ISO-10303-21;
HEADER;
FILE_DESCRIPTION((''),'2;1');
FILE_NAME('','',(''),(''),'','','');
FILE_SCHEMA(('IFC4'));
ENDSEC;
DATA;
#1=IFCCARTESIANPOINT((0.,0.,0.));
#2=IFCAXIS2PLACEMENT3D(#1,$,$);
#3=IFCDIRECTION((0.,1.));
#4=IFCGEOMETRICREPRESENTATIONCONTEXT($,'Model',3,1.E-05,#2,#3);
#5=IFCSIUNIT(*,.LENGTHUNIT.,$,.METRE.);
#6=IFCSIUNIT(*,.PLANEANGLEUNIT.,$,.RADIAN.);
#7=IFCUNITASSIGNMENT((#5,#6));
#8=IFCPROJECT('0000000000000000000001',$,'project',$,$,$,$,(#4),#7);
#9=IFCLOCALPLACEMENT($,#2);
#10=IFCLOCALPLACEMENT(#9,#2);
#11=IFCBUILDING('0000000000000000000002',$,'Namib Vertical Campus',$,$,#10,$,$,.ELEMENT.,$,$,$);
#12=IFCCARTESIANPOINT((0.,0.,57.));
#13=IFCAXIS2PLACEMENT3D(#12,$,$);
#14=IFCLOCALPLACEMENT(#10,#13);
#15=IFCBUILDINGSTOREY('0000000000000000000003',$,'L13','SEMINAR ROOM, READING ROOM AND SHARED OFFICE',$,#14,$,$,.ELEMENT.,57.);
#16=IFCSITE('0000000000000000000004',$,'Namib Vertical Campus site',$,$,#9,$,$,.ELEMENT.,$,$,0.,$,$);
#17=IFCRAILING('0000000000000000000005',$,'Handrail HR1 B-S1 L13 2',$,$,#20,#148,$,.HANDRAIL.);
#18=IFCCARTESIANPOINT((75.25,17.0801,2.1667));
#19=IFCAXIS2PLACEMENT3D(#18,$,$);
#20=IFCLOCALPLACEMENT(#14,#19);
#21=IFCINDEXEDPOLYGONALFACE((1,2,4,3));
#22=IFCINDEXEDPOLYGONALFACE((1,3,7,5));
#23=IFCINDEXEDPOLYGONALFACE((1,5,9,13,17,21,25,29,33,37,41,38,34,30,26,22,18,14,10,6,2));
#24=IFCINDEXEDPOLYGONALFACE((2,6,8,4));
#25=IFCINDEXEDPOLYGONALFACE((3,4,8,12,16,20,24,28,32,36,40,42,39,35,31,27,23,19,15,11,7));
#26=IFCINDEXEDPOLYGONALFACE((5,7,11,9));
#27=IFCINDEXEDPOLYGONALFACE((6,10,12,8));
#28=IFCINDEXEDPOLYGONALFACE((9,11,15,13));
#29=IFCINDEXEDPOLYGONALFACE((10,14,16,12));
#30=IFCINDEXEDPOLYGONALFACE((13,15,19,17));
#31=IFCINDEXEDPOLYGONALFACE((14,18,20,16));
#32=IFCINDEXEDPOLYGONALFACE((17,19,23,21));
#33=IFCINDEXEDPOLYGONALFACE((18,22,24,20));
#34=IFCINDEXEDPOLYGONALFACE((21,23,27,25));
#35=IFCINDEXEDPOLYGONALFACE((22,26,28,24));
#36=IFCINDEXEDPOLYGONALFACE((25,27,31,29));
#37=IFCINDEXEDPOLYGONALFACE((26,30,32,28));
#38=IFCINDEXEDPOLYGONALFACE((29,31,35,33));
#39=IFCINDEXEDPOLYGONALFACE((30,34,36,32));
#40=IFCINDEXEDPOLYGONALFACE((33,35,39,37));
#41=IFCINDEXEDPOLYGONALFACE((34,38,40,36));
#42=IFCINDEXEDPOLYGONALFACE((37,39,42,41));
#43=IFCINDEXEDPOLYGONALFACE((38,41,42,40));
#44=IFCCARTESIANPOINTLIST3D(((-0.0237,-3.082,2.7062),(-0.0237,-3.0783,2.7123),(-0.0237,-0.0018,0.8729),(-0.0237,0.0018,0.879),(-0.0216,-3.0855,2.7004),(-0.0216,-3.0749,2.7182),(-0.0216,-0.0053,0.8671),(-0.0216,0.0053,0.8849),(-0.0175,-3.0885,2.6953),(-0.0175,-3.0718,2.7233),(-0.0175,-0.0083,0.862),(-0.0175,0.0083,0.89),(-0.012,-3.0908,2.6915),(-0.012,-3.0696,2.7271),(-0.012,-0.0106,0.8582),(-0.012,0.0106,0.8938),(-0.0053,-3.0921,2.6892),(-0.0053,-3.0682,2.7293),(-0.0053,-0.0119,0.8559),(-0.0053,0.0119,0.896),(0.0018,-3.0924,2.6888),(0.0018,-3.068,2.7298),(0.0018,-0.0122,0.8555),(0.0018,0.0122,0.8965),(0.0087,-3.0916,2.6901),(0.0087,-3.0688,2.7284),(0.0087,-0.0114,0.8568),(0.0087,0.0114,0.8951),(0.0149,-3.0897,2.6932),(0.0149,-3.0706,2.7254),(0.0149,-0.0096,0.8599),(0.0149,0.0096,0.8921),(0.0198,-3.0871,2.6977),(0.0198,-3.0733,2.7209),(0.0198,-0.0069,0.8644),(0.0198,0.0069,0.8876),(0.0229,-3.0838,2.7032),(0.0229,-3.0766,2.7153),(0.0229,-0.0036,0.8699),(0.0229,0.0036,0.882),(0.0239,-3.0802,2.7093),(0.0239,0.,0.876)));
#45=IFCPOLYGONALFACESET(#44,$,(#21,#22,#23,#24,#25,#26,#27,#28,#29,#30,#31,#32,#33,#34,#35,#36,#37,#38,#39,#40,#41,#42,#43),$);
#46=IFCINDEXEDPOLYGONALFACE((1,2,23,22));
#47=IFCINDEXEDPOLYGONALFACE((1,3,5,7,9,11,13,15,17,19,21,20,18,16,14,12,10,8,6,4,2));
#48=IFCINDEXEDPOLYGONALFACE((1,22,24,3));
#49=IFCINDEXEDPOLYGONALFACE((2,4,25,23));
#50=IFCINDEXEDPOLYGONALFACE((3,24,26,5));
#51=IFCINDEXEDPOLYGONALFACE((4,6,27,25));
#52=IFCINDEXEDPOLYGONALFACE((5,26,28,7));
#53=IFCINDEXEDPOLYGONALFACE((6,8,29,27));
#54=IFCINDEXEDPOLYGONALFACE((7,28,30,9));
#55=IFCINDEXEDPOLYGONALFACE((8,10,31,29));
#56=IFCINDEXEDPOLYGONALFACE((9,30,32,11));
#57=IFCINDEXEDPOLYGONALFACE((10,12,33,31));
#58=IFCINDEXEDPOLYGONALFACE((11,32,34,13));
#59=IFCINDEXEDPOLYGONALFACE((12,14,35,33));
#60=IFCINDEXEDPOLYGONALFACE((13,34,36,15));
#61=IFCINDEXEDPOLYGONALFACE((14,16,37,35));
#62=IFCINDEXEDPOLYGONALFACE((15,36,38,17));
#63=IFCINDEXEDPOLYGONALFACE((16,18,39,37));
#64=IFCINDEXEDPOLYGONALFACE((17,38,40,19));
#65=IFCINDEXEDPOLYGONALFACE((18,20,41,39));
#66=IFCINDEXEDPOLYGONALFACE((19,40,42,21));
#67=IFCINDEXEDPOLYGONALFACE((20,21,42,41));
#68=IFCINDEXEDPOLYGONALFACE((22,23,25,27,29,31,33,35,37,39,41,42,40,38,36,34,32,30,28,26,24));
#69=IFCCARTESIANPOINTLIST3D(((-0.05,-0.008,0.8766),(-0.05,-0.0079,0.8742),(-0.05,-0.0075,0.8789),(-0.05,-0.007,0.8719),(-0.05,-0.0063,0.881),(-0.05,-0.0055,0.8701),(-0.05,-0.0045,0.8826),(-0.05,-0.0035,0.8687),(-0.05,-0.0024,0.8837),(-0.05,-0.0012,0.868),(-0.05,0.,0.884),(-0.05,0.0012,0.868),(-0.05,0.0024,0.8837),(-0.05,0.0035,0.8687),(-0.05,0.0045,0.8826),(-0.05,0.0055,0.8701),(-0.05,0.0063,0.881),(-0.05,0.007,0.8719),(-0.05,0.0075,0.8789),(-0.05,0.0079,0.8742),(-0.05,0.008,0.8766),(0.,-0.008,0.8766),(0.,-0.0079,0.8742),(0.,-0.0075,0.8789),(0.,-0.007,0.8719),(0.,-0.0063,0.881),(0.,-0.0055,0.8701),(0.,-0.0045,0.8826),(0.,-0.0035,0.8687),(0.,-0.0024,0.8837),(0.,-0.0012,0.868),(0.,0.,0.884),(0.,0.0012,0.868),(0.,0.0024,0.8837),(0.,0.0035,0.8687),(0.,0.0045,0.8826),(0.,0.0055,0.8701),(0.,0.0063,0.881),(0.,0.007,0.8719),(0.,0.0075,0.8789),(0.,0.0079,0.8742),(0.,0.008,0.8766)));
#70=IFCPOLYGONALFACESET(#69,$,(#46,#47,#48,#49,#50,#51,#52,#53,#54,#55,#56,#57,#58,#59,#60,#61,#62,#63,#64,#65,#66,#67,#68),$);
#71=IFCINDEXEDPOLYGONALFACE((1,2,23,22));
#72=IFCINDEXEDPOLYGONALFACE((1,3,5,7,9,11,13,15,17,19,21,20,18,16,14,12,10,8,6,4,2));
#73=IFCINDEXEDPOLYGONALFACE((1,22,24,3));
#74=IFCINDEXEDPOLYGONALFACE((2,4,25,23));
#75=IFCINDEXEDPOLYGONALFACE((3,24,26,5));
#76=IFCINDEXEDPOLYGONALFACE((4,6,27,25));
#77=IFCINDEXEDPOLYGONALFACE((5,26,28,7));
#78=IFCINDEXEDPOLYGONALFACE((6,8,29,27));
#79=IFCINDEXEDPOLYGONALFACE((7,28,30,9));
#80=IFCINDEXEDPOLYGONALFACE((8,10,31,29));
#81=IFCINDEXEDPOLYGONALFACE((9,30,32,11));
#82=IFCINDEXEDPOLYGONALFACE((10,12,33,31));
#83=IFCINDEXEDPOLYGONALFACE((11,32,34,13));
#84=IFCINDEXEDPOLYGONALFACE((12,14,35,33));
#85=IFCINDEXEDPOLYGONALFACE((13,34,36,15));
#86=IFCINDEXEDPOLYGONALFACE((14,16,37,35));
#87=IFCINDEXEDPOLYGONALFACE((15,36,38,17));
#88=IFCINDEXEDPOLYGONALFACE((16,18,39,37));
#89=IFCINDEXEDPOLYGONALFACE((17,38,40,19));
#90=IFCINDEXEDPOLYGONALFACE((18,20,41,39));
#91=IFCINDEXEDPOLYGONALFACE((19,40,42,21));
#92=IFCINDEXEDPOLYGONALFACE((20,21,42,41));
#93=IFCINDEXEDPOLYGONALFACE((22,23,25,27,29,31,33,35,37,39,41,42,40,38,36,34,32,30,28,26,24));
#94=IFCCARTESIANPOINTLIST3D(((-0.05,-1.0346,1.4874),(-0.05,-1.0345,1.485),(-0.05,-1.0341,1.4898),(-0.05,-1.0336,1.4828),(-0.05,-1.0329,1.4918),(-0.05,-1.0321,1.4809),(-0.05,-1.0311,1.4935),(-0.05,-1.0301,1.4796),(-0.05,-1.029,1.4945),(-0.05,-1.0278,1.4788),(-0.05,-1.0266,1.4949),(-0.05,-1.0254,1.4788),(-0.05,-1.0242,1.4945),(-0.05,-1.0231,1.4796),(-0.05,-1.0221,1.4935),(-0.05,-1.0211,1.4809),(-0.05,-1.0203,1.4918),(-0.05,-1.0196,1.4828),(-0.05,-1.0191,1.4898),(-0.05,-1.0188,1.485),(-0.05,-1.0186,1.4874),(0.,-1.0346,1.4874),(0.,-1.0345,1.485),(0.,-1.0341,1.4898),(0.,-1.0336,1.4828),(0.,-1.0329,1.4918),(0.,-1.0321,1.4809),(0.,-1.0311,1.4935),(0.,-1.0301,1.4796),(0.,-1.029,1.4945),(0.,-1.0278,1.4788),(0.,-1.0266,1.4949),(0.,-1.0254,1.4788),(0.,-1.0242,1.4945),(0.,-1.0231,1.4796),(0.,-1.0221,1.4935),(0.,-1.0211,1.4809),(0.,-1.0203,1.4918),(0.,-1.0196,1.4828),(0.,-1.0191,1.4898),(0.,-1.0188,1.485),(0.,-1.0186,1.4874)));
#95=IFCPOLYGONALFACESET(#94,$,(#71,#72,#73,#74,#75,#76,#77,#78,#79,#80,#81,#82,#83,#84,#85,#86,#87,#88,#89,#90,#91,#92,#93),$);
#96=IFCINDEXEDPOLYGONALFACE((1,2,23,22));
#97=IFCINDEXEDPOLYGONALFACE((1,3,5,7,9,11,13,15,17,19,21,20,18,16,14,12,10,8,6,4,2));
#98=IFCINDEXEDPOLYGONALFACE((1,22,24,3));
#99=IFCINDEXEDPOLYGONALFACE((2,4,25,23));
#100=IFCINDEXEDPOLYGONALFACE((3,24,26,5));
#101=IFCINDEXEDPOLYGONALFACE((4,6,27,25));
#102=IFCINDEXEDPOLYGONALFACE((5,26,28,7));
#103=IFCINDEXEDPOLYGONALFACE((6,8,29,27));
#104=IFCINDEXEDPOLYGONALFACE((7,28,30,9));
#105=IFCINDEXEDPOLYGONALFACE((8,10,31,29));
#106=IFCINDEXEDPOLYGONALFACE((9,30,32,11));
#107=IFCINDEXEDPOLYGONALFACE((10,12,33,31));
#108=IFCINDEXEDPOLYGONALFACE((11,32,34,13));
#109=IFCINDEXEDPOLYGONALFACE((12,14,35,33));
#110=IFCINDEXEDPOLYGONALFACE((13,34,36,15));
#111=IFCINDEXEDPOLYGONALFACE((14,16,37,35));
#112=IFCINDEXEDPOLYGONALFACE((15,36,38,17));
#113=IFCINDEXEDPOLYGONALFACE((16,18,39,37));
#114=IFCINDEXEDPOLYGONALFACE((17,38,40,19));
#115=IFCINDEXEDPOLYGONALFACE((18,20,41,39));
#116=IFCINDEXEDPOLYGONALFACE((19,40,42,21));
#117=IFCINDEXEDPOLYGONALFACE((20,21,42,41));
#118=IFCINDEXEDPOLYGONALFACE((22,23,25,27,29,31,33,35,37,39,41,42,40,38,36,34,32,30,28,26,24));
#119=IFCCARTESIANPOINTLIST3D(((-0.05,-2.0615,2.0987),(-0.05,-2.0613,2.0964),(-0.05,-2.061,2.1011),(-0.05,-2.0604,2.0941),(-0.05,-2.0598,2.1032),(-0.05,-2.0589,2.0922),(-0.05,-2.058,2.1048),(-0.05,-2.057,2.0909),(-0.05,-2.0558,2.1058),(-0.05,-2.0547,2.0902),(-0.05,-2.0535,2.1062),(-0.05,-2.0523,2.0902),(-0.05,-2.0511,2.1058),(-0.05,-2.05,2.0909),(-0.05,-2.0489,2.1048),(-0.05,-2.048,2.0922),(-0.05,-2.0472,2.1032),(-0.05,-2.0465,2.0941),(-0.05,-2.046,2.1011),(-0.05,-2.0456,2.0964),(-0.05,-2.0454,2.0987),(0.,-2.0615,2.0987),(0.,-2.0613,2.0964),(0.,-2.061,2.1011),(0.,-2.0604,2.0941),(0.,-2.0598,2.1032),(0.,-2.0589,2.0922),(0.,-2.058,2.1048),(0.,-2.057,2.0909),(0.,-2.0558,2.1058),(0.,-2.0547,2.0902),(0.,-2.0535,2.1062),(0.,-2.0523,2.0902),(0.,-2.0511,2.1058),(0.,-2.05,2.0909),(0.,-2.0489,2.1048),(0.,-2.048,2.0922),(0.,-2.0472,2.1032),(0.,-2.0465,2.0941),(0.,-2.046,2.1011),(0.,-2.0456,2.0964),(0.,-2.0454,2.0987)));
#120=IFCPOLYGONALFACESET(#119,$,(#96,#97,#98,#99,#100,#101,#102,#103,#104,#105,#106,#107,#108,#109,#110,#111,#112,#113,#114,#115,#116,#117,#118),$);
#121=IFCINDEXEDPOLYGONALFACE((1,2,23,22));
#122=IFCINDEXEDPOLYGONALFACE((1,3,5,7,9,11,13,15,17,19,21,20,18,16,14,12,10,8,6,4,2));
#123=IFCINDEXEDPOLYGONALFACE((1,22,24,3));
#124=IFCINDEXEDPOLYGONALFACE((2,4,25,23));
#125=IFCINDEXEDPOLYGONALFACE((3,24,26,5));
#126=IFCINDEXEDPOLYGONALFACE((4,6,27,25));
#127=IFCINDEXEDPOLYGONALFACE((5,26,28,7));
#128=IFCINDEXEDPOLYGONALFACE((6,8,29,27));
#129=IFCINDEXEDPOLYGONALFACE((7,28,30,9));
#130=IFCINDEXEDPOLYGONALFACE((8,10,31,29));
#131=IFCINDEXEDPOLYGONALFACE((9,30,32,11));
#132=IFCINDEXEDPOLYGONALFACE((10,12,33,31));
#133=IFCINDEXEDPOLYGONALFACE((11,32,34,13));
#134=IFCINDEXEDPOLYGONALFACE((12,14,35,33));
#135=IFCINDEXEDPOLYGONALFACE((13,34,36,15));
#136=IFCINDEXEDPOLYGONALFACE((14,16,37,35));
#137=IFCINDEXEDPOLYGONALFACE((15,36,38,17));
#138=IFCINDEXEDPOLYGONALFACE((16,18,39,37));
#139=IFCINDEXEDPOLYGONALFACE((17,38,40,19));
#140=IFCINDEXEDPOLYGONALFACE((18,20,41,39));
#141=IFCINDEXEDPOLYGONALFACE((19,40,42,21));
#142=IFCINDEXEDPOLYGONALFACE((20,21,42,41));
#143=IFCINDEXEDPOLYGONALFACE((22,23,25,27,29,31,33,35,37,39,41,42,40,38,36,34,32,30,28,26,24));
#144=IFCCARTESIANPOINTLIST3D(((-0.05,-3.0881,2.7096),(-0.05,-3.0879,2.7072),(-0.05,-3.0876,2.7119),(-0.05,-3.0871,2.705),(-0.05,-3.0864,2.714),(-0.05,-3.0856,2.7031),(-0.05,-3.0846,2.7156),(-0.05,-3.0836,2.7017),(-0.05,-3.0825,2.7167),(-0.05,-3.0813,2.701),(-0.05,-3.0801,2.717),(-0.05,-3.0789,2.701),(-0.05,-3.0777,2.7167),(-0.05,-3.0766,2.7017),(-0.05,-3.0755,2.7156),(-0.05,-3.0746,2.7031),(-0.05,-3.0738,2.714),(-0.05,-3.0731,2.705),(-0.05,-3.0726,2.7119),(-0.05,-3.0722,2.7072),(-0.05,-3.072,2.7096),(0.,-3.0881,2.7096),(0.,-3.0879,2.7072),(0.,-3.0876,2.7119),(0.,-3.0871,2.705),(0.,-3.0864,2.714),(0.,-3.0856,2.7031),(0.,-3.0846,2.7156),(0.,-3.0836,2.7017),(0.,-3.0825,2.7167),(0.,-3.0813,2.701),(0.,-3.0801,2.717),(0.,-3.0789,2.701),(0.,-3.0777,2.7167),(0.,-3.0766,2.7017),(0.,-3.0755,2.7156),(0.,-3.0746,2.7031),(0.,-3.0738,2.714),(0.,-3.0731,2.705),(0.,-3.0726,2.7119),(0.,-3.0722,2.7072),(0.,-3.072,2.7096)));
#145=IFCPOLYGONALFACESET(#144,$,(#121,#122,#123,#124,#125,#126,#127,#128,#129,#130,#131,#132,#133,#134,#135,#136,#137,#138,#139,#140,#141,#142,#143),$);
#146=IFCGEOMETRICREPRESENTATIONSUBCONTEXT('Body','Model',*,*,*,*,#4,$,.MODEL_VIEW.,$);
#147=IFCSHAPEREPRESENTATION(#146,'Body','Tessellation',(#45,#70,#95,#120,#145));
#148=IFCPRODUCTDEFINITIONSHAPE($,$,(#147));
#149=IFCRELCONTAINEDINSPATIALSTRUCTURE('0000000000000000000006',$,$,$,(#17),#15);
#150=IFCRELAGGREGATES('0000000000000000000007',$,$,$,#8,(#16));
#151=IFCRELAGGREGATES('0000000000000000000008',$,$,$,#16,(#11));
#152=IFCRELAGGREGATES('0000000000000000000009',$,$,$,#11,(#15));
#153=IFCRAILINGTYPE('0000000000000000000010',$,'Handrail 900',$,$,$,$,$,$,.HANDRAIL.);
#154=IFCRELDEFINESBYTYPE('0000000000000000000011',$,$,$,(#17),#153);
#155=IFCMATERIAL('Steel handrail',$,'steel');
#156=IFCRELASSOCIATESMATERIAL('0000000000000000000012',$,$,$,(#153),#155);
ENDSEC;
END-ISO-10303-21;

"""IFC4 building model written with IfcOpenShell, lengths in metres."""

from ifc_helpers import new_model, si_unit, direction, frame, origin, origin_2d, place, context, subcontext, project, spatial, circle, extrude, material, type_object, element, save


model = new_model("IFC4")

# Units and contexts
model_context = context("Model", 3, precision=1e-05, world=origin(), true_north=direction((0.0, 1.0)))
body_context = subcontext(model_context, "Body", "Model", "MODEL_VIEW")
ifc_project = project(units=[si_unit("LENGTHUNIT", "METRE"), si_unit("PLANEANGLEUNIT", "RADIAN")], contexts=[model_context])

# Site, building, storey
site_placement = place(None, origin())
site = spatial("IfcSite", under=ifc_project, at=site_placement, Name="Namib Vertical Campus site", CompositionType="ELEMENT", RefElevation=0.0)
building_placement = place(site_placement, origin())
building = spatial("IfcBuilding", under=site, at=building_placement, Name="Namib Vertical Campus", CompositionType="ELEMENT")
storey_placement = place(building_placement, frame((0.0, 0.0, 57.0)))
storey = spatial("IfcBuildingStorey", under=building, at=storey_placement, Name="L13", Description="SEMINAR ROOM, READING ROOM AND SHARED OFFICE", CompositionType="ELEMENT", Elevation=57.0)

# Railing
ifc_material_1 = material(Name="Steel handrail", Category="steel")
railing_type_1 = type_object("IfcRailingType", Name="Handrail 900", PredefinedType="HANDRAIL", material=ifc_material_1)
railing_1_placement = place(storey_placement, frame((75.25, 17.0801, 2.1667)))
element("IfcRailing", 1, at=railing_1_placement, inside=storey, type_object=railing_type_1, Name="Handrail HR1 B-S1 L13 2", PredefinedType="HANDRAIL", context=body_context, shape_type="SweptSolid", body=[
    extrude(circle(Radius=0.0239, at=origin_2d()), frame((0.0, 0.0, 0.876), z_axis=(0.0, -0.859309, 0.511458), x_axis=(1.0, 0.0, 0.0)), (0.0, 0.0, 1.0), 3.5845),
    extrude(circle(Radius=0.0081, at=origin_2d()), frame((0.0, 0.0, 0.876), z_axis=(-1.0, 0.0, 0.0), x_axis=(0.0, 0.0, 1.0)), (0.0, 0.0, 1.0), 0.05),
    extrude(circle(Radius=0.0081, at=origin_2d()), frame((0.0, -1.0266, 1.4868), z_axis=(-1.0, 0.0, 0.0), x_axis=(0.0, 0.0, 1.0)), (0.0, 0.0, 1.0), 0.05),
    extrude(circle(Radius=0.0081, at=origin_2d()), frame((0.0, -2.0535, 2.0981), z_axis=(-1.0, 0.0, 0.0), x_axis=(0.0, 0.0, 1.0)), (0.0, 0.0, 1.0), 0.05),
    extrude(circle(Radius=0.0081, at=origin_2d()), frame((0.0, -3.0801, 2.709), z_axis=(-1.0, 0.0, 0.0), x_axis=(0.0, 0.0, 1.0)), (0.0, 0.0, 1.0), 0.05),
])

save(model, "model.ifc")
